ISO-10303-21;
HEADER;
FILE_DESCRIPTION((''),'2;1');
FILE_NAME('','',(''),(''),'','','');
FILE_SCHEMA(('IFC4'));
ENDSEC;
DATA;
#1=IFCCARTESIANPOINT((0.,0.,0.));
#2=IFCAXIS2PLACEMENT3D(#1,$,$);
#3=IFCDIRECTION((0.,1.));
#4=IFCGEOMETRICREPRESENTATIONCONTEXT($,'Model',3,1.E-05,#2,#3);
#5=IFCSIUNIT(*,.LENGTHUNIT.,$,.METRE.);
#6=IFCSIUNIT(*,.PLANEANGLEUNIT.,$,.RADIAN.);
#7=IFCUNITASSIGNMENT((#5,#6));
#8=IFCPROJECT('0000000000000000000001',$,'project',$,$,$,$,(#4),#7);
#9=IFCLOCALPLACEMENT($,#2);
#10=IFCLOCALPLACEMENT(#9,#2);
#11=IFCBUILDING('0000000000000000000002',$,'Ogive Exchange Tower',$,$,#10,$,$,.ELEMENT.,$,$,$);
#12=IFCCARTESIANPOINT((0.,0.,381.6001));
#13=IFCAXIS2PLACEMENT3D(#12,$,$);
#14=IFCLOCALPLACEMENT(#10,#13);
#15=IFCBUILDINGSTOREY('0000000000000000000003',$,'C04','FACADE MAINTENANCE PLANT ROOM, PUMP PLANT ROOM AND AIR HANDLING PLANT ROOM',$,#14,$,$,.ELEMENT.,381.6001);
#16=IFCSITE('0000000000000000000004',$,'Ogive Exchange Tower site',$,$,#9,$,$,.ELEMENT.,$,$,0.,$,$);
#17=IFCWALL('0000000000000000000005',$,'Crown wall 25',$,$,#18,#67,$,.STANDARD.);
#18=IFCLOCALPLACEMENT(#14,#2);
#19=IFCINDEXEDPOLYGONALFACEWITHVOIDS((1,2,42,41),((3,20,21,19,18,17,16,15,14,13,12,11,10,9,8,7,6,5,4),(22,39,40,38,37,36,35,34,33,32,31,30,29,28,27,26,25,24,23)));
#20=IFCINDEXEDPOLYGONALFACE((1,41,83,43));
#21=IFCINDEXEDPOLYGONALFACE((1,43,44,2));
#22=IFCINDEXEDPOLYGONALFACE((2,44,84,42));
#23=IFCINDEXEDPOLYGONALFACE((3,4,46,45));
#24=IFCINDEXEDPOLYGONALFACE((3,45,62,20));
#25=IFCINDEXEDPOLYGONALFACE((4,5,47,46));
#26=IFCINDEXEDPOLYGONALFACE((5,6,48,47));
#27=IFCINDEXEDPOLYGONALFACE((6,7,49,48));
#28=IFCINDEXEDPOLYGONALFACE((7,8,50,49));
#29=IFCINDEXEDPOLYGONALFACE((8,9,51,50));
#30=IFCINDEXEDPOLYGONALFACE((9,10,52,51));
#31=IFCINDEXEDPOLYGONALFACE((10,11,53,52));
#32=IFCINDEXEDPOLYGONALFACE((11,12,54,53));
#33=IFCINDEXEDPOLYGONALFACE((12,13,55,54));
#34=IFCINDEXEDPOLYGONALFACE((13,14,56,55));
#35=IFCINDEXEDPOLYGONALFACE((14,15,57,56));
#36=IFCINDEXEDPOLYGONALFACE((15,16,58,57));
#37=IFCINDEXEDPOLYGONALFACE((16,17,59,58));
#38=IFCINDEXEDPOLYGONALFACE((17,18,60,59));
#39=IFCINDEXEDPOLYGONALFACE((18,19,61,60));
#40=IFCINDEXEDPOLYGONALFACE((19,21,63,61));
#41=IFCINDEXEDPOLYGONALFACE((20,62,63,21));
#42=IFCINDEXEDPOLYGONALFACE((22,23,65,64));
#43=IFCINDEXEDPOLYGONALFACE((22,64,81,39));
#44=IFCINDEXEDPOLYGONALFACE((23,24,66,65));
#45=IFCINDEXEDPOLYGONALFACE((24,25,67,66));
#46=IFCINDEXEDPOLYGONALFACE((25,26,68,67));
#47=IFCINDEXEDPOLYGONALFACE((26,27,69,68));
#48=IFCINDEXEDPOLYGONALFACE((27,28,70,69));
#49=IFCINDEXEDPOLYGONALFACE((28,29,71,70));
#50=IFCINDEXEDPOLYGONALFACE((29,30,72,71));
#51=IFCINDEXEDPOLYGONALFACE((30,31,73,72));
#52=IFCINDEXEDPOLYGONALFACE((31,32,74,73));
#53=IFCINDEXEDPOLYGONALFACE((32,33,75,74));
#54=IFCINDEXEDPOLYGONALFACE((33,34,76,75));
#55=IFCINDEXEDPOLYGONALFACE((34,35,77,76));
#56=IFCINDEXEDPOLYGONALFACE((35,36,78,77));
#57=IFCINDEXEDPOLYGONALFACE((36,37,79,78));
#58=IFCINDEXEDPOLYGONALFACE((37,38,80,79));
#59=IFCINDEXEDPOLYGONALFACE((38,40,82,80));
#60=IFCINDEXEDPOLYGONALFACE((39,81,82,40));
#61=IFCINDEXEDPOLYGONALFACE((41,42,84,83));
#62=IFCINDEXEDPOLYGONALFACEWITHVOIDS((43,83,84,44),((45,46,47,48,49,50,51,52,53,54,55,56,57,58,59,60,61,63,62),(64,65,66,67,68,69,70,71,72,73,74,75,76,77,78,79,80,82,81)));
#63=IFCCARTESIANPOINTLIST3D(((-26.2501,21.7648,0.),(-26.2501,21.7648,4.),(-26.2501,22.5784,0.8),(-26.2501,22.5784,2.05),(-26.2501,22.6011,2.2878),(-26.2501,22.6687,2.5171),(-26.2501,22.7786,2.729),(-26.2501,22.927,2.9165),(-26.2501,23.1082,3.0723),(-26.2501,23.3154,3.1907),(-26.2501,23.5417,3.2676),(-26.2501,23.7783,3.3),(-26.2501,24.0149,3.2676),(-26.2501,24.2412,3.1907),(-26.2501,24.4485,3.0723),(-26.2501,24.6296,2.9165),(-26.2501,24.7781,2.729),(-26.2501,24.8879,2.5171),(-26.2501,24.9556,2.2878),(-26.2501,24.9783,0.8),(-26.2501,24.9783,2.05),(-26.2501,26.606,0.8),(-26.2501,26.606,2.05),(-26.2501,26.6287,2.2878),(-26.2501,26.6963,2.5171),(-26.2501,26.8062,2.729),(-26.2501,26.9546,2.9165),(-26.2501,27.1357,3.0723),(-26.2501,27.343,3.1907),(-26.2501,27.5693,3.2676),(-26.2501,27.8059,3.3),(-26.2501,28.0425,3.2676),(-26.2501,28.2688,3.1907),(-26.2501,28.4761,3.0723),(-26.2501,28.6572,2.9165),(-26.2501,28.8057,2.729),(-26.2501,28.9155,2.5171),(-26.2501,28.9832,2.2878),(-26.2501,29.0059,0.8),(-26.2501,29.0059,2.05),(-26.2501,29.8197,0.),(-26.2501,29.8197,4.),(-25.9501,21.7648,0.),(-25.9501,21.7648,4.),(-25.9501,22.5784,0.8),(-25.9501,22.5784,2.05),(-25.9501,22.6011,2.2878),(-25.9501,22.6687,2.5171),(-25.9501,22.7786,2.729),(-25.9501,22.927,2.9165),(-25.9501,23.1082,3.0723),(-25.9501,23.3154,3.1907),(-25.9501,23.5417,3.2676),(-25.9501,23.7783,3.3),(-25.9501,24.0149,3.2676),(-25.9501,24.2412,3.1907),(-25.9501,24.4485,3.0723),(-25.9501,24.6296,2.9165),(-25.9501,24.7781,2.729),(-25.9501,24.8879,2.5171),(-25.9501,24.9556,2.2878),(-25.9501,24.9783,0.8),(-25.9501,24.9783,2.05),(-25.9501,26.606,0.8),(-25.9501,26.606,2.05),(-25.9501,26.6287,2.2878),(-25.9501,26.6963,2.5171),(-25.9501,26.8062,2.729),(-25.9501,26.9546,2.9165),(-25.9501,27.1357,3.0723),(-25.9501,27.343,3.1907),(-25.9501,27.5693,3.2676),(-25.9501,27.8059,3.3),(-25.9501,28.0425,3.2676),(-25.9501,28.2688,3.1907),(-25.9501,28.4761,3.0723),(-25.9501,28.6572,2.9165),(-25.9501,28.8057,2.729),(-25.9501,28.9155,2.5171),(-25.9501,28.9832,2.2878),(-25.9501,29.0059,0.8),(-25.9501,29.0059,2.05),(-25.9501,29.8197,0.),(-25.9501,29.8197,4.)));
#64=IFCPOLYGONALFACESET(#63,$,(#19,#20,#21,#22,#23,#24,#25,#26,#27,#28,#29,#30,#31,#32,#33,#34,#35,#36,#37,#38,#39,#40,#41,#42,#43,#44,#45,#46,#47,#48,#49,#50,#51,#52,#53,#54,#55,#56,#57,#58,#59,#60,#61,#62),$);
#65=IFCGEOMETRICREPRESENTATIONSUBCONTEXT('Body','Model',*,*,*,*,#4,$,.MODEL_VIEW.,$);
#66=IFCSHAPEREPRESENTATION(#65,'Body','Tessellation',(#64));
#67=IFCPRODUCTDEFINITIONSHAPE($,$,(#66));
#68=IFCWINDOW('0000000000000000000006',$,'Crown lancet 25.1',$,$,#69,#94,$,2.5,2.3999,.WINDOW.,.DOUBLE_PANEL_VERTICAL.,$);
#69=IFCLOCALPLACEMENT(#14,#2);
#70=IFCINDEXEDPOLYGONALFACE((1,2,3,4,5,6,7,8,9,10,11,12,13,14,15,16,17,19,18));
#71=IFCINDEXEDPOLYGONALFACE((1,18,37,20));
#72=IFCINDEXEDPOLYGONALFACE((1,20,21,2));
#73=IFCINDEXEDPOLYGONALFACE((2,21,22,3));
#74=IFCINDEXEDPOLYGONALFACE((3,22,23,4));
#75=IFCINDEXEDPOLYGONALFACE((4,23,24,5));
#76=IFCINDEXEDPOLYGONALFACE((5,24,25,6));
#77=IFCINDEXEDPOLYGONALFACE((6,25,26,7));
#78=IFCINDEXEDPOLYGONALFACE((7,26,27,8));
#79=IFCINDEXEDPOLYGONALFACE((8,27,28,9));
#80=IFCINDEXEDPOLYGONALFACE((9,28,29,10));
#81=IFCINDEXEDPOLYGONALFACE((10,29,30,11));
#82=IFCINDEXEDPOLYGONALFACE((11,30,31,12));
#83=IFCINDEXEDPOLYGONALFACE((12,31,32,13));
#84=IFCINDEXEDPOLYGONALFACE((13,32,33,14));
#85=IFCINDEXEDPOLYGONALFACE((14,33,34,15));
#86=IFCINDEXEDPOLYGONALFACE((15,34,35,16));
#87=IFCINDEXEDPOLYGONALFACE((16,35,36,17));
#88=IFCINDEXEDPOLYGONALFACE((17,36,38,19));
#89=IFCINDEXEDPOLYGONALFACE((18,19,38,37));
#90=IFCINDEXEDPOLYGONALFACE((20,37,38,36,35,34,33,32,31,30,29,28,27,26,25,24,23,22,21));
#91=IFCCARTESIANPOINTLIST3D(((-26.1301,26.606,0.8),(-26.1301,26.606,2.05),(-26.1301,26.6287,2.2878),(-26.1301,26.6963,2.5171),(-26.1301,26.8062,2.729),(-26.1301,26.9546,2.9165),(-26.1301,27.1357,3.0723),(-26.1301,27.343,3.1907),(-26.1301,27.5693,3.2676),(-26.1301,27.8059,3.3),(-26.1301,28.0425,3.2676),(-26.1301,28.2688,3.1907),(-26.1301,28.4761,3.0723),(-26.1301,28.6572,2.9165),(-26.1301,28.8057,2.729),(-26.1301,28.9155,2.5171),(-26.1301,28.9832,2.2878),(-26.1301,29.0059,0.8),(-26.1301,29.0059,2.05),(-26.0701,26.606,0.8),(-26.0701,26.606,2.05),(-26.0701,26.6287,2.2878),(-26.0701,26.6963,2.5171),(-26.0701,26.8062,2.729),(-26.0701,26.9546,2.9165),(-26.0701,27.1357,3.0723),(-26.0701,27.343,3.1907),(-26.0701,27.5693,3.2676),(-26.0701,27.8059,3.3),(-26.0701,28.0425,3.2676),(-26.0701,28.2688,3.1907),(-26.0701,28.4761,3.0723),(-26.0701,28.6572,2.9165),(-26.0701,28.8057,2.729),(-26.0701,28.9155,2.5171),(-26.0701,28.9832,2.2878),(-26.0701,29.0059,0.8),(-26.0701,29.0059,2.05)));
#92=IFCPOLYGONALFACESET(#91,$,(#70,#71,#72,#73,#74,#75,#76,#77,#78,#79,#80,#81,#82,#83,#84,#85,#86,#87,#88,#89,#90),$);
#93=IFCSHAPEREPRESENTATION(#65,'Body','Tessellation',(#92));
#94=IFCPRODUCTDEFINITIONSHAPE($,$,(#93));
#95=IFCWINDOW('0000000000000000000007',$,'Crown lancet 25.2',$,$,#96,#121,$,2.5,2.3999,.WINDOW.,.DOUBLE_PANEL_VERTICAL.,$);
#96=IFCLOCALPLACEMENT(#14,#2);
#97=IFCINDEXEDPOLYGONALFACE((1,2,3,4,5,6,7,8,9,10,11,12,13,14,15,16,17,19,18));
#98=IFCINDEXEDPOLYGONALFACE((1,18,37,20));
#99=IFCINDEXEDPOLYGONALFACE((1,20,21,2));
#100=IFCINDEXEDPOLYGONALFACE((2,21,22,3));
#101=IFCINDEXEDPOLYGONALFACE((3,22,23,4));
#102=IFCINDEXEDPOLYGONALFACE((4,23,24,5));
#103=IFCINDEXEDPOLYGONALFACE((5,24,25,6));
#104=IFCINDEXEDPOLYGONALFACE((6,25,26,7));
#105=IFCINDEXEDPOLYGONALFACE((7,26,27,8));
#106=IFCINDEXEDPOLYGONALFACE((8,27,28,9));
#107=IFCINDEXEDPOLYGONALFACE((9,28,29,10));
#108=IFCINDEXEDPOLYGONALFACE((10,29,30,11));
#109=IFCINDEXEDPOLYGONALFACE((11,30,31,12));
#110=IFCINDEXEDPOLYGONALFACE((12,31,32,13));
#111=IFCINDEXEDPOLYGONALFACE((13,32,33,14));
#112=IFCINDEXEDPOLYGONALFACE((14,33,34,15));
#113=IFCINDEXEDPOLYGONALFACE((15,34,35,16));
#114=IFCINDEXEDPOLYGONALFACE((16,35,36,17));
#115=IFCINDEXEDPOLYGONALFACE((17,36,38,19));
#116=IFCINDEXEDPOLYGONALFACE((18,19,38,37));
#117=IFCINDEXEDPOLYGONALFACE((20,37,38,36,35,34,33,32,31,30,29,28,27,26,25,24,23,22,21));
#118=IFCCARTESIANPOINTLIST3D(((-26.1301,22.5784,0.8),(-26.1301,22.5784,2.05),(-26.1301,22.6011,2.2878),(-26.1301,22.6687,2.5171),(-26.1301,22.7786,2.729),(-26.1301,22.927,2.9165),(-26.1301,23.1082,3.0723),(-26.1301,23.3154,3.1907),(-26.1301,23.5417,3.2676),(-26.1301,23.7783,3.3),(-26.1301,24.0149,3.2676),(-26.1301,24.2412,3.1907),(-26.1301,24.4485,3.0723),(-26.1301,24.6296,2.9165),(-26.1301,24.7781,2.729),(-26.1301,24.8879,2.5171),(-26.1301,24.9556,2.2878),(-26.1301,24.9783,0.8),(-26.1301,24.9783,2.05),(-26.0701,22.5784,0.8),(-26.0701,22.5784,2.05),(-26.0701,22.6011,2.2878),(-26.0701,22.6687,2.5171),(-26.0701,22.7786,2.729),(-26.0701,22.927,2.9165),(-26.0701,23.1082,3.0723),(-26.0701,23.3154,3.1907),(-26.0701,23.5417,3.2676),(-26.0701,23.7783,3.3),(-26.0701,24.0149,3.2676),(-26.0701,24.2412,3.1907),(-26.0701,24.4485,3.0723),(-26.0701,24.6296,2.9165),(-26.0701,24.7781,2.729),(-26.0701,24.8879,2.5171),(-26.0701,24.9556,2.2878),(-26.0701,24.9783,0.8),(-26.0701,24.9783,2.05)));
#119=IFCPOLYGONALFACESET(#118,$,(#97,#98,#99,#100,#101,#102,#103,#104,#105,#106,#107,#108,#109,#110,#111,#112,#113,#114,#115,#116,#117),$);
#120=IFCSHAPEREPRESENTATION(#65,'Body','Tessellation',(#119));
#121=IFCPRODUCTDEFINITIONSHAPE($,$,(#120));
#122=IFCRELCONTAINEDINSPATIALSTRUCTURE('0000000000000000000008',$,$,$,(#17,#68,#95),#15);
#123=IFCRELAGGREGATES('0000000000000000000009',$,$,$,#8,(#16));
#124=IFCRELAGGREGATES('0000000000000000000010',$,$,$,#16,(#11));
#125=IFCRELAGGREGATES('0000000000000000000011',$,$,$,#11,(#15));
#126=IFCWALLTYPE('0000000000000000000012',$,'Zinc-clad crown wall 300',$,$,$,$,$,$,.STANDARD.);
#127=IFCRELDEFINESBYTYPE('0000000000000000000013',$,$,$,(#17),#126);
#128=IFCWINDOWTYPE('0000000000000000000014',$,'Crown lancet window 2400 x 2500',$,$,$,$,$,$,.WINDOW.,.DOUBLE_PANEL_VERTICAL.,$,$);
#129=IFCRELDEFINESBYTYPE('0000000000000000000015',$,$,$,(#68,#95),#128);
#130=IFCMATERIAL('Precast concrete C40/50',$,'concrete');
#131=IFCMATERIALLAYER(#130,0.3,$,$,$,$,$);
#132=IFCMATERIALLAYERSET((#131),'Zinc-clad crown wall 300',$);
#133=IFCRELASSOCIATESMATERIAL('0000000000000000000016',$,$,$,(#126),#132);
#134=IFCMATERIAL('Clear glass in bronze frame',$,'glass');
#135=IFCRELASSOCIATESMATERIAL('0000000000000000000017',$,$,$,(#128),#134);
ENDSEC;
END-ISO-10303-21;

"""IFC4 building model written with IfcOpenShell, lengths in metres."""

from ifc_helpers import new_model, si_unit, direction, frame, frame_2d, origin, place, context, subcontext, project, spatial, polyline, rectangle, outline, extrude, material, layer, layer_set, type_object, element, fill, save


model = new_model("IFC4")

# Units and contexts
model_context = context("Model", 3, precision=1e-05, world=origin(), true_north=direction((0.0, 1.0)))
body_context = subcontext(model_context, "Body", "Model", "MODEL_VIEW")
ifc_project = project(units=[si_unit("LENGTHUNIT", "METRE"), si_unit("PLANEANGLEUNIT", "RADIAN")], contexts=[model_context])

# Site, building, storey
site_placement = place(None, origin())
site = spatial("IfcSite", under=ifc_project, at=site_placement, Name="Ogive Exchange Tower site", CompositionType="ELEMENT", RefElevation=0.0)
building_placement = place(site_placement, origin())
building = spatial("IfcBuilding", under=site, at=building_placement, Name="Ogive Exchange Tower", CompositionType="ELEMENT")
storey_placement = place(building_placement, frame((0.0, 0.0, 381.6001)))
storey = spatial("IfcBuildingStorey", under=building, at=storey_placement, Name="C04", Description="FACADE MAINTENANCE PLANT ROOM, PUMP PLANT ROOM AND AIR HANDLING PLANT ROOM", CompositionType="ELEMENT", Elevation=381.6001)

# Wall, openings, windows
ifc_material_1 = material(Name="Precast concrete C40/50", Category="concrete")
ifc_layer_1 = layer(ifc_material_1, 0.3)
ifc_layer_set_1 = layer_set([ifc_layer_1], Name="Zinc-clad crown wall 300")
wall_type_1 = type_object("IfcWallType", Name="Zinc-clad crown wall 300", PredefinedType="STANDARD", material=ifc_layer_set_1)
wall_1_placement = place(storey_placement, frame((-26.1001, 29.8196, 0.0), z_axis=(0.0, 0.0, 1.0), x_axis=(0.0, -1.0, 0.0)))
wall_1 = element("IfcWall", 1, at=wall_1_placement, inside=storey, type_object=wall_type_1, Name="Crown wall 25", PredefinedType="STANDARD", context=body_context, shape_type="SweptSolid", body=[
    extrude(rectangle(XDim=8.0549, YDim=0.3, at=frame_2d((4.0273, 0.0))), origin(), (0.0, 0.0, 1.0), 4.0),
])
opening_1_placement = place(wall_1_placement, frame((0.8137, 0.0, 0.8)))
opening_1 = element("IfcOpeningElement", 2, at=opening_1_placement, cuts=wall_1, PredefinedType="OPENING", context=body_context, shape_type="SweptSolid", body=[
    extrude(outline(polyline([(0.0, 0.0), (2.3999, 0.0), (2.3999, 1.25), (2.3772, 1.4878), (2.3096, 1.717), (2.1997, 1.929), (2.0513, 2.1165), (1.8701, 2.2722), (1.6628, 2.3906), (1.4365, 2.4675), (1.2, 2.5), (0.9634, 2.4675), (0.7371, 2.3906), (0.5298, 2.2722), (0.3486, 2.1165), (0.2002, 1.929), (0.0903, 1.717), (0.0227, 1.4878), (0.0, 1.25), (0.0, 0.0)])), frame((0.0, 0.1599, 0.0), z_axis=(0.0, -1.0, 0.0), x_axis=(1.0, 0.0, 0.0)), (0.0, 0.0, 1.0), 0.3201),
])
opening_2_placement = place(wall_1_placement, frame((4.8413, 0.0, 0.8)))
opening_2 = element("IfcOpeningElement", 3, at=opening_2_placement, cuts=wall_1, PredefinedType="OPENING", context=body_context, shape_type="SweptSolid", body=[
    extrude(outline(polyline([(0.0, 0.0), (2.3999, 0.0), (2.3999, 1.25), (2.3772, 1.4878), (2.3096, 1.717), (2.1997, 1.929), (2.0513, 2.1165), (1.8701, 2.2722), (1.6628, 2.3906), (1.4365, 2.4675), (1.2, 2.5), (0.9634, 2.4675), (0.7371, 2.3906), (0.5298, 2.2722), (0.3486, 2.1165), (0.2002, 1.929), (0.0903, 1.717), (0.0227, 1.4878), (0.0, 1.25), (0.0, 0.0)])), frame((0.0, 0.1599, 0.0), z_axis=(0.0, -1.0, 0.0), x_axis=(1.0, 0.0, 0.0)), (0.0, 0.0, 1.0), 0.3201),
])
ifc_material_2 = material(Name="Clear glass in bronze frame", Category="glass")
window_type = type_object("IfcWindowType", Name="Crown lancet window 2400 x 2500", PartitioningType="DOUBLE_PANEL_VERTICAL", PredefinedType="WINDOW", material=ifc_material_2)
window_1_placement = place(opening_1_placement, origin())
window_1 = element("IfcWindow", 4, at=window_1_placement, inside=storey, type_object=window_type, Name="Crown lancet 25.1", OverallHeight=2.5, OverallWidth=2.3999, PartitioningType="DOUBLE_PANEL_VERTICAL", PredefinedType="WINDOW", context=body_context, shape_type="SweptSolid", body=[
    extrude(outline(polyline([(0.0, 0.0), (2.3999, 0.0), (2.3999, 1.25), (2.3772, 1.4878), (2.3096, 1.717), (2.1997, 1.929), (2.0513, 2.1165), (1.8701, 2.2722), (1.6628, 2.3906), (1.4365, 2.4675), (1.2, 2.5), (0.9634, 2.4675), (0.7371, 2.3906), (0.5298, 2.2722), (0.3486, 2.1165), (0.2002, 1.929), (0.0903, 1.717), (0.0227, 1.4878), (0.0, 1.25), (0.0, 0.0)])), frame((0.0, 0.03, 0.0), z_axis=(0.0, -1.0, 0.0), x_axis=(1.0, 0.0, 0.0)), (0.0, 0.0, 1.0), 0.0601),
])
fill(opening_1, window_1)
window_2_placement = place(opening_2_placement, origin())
window_2 = element("IfcWindow", 5, at=window_2_placement, inside=storey, type_object=window_type, Name="Crown lancet 25.2", OverallHeight=2.5, OverallWidth=2.3999, PartitioningType="DOUBLE_PANEL_VERTICAL", PredefinedType="WINDOW", context=body_context, shape_type="SweptSolid", body=[
    extrude(outline(polyline([(0.0, 0.0), (2.3999, 0.0), (2.3999, 1.25), (2.3772, 1.4878), (2.3096, 1.717), (2.1997, 1.929), (2.0513, 2.1165), (1.8701, 2.2722), (1.6628, 2.3906), (1.4365, 2.4675), (1.2, 2.5), (0.9634, 2.4675), (0.7371, 2.3906), (0.5298, 2.2722), (0.3486, 2.1165), (0.2002, 1.929), (0.0903, 1.717), (0.0227, 1.4878), (0.0, 1.25), (0.0, 0.0)])), frame((0.0, 0.03, 0.0), z_axis=(0.0, -1.0, 0.0), x_axis=(1.0, 0.0, 0.0)), (0.0, 0.0, 1.0), 0.0601),
])
fill(opening_2, window_2)

save(model, "model.ifc")
